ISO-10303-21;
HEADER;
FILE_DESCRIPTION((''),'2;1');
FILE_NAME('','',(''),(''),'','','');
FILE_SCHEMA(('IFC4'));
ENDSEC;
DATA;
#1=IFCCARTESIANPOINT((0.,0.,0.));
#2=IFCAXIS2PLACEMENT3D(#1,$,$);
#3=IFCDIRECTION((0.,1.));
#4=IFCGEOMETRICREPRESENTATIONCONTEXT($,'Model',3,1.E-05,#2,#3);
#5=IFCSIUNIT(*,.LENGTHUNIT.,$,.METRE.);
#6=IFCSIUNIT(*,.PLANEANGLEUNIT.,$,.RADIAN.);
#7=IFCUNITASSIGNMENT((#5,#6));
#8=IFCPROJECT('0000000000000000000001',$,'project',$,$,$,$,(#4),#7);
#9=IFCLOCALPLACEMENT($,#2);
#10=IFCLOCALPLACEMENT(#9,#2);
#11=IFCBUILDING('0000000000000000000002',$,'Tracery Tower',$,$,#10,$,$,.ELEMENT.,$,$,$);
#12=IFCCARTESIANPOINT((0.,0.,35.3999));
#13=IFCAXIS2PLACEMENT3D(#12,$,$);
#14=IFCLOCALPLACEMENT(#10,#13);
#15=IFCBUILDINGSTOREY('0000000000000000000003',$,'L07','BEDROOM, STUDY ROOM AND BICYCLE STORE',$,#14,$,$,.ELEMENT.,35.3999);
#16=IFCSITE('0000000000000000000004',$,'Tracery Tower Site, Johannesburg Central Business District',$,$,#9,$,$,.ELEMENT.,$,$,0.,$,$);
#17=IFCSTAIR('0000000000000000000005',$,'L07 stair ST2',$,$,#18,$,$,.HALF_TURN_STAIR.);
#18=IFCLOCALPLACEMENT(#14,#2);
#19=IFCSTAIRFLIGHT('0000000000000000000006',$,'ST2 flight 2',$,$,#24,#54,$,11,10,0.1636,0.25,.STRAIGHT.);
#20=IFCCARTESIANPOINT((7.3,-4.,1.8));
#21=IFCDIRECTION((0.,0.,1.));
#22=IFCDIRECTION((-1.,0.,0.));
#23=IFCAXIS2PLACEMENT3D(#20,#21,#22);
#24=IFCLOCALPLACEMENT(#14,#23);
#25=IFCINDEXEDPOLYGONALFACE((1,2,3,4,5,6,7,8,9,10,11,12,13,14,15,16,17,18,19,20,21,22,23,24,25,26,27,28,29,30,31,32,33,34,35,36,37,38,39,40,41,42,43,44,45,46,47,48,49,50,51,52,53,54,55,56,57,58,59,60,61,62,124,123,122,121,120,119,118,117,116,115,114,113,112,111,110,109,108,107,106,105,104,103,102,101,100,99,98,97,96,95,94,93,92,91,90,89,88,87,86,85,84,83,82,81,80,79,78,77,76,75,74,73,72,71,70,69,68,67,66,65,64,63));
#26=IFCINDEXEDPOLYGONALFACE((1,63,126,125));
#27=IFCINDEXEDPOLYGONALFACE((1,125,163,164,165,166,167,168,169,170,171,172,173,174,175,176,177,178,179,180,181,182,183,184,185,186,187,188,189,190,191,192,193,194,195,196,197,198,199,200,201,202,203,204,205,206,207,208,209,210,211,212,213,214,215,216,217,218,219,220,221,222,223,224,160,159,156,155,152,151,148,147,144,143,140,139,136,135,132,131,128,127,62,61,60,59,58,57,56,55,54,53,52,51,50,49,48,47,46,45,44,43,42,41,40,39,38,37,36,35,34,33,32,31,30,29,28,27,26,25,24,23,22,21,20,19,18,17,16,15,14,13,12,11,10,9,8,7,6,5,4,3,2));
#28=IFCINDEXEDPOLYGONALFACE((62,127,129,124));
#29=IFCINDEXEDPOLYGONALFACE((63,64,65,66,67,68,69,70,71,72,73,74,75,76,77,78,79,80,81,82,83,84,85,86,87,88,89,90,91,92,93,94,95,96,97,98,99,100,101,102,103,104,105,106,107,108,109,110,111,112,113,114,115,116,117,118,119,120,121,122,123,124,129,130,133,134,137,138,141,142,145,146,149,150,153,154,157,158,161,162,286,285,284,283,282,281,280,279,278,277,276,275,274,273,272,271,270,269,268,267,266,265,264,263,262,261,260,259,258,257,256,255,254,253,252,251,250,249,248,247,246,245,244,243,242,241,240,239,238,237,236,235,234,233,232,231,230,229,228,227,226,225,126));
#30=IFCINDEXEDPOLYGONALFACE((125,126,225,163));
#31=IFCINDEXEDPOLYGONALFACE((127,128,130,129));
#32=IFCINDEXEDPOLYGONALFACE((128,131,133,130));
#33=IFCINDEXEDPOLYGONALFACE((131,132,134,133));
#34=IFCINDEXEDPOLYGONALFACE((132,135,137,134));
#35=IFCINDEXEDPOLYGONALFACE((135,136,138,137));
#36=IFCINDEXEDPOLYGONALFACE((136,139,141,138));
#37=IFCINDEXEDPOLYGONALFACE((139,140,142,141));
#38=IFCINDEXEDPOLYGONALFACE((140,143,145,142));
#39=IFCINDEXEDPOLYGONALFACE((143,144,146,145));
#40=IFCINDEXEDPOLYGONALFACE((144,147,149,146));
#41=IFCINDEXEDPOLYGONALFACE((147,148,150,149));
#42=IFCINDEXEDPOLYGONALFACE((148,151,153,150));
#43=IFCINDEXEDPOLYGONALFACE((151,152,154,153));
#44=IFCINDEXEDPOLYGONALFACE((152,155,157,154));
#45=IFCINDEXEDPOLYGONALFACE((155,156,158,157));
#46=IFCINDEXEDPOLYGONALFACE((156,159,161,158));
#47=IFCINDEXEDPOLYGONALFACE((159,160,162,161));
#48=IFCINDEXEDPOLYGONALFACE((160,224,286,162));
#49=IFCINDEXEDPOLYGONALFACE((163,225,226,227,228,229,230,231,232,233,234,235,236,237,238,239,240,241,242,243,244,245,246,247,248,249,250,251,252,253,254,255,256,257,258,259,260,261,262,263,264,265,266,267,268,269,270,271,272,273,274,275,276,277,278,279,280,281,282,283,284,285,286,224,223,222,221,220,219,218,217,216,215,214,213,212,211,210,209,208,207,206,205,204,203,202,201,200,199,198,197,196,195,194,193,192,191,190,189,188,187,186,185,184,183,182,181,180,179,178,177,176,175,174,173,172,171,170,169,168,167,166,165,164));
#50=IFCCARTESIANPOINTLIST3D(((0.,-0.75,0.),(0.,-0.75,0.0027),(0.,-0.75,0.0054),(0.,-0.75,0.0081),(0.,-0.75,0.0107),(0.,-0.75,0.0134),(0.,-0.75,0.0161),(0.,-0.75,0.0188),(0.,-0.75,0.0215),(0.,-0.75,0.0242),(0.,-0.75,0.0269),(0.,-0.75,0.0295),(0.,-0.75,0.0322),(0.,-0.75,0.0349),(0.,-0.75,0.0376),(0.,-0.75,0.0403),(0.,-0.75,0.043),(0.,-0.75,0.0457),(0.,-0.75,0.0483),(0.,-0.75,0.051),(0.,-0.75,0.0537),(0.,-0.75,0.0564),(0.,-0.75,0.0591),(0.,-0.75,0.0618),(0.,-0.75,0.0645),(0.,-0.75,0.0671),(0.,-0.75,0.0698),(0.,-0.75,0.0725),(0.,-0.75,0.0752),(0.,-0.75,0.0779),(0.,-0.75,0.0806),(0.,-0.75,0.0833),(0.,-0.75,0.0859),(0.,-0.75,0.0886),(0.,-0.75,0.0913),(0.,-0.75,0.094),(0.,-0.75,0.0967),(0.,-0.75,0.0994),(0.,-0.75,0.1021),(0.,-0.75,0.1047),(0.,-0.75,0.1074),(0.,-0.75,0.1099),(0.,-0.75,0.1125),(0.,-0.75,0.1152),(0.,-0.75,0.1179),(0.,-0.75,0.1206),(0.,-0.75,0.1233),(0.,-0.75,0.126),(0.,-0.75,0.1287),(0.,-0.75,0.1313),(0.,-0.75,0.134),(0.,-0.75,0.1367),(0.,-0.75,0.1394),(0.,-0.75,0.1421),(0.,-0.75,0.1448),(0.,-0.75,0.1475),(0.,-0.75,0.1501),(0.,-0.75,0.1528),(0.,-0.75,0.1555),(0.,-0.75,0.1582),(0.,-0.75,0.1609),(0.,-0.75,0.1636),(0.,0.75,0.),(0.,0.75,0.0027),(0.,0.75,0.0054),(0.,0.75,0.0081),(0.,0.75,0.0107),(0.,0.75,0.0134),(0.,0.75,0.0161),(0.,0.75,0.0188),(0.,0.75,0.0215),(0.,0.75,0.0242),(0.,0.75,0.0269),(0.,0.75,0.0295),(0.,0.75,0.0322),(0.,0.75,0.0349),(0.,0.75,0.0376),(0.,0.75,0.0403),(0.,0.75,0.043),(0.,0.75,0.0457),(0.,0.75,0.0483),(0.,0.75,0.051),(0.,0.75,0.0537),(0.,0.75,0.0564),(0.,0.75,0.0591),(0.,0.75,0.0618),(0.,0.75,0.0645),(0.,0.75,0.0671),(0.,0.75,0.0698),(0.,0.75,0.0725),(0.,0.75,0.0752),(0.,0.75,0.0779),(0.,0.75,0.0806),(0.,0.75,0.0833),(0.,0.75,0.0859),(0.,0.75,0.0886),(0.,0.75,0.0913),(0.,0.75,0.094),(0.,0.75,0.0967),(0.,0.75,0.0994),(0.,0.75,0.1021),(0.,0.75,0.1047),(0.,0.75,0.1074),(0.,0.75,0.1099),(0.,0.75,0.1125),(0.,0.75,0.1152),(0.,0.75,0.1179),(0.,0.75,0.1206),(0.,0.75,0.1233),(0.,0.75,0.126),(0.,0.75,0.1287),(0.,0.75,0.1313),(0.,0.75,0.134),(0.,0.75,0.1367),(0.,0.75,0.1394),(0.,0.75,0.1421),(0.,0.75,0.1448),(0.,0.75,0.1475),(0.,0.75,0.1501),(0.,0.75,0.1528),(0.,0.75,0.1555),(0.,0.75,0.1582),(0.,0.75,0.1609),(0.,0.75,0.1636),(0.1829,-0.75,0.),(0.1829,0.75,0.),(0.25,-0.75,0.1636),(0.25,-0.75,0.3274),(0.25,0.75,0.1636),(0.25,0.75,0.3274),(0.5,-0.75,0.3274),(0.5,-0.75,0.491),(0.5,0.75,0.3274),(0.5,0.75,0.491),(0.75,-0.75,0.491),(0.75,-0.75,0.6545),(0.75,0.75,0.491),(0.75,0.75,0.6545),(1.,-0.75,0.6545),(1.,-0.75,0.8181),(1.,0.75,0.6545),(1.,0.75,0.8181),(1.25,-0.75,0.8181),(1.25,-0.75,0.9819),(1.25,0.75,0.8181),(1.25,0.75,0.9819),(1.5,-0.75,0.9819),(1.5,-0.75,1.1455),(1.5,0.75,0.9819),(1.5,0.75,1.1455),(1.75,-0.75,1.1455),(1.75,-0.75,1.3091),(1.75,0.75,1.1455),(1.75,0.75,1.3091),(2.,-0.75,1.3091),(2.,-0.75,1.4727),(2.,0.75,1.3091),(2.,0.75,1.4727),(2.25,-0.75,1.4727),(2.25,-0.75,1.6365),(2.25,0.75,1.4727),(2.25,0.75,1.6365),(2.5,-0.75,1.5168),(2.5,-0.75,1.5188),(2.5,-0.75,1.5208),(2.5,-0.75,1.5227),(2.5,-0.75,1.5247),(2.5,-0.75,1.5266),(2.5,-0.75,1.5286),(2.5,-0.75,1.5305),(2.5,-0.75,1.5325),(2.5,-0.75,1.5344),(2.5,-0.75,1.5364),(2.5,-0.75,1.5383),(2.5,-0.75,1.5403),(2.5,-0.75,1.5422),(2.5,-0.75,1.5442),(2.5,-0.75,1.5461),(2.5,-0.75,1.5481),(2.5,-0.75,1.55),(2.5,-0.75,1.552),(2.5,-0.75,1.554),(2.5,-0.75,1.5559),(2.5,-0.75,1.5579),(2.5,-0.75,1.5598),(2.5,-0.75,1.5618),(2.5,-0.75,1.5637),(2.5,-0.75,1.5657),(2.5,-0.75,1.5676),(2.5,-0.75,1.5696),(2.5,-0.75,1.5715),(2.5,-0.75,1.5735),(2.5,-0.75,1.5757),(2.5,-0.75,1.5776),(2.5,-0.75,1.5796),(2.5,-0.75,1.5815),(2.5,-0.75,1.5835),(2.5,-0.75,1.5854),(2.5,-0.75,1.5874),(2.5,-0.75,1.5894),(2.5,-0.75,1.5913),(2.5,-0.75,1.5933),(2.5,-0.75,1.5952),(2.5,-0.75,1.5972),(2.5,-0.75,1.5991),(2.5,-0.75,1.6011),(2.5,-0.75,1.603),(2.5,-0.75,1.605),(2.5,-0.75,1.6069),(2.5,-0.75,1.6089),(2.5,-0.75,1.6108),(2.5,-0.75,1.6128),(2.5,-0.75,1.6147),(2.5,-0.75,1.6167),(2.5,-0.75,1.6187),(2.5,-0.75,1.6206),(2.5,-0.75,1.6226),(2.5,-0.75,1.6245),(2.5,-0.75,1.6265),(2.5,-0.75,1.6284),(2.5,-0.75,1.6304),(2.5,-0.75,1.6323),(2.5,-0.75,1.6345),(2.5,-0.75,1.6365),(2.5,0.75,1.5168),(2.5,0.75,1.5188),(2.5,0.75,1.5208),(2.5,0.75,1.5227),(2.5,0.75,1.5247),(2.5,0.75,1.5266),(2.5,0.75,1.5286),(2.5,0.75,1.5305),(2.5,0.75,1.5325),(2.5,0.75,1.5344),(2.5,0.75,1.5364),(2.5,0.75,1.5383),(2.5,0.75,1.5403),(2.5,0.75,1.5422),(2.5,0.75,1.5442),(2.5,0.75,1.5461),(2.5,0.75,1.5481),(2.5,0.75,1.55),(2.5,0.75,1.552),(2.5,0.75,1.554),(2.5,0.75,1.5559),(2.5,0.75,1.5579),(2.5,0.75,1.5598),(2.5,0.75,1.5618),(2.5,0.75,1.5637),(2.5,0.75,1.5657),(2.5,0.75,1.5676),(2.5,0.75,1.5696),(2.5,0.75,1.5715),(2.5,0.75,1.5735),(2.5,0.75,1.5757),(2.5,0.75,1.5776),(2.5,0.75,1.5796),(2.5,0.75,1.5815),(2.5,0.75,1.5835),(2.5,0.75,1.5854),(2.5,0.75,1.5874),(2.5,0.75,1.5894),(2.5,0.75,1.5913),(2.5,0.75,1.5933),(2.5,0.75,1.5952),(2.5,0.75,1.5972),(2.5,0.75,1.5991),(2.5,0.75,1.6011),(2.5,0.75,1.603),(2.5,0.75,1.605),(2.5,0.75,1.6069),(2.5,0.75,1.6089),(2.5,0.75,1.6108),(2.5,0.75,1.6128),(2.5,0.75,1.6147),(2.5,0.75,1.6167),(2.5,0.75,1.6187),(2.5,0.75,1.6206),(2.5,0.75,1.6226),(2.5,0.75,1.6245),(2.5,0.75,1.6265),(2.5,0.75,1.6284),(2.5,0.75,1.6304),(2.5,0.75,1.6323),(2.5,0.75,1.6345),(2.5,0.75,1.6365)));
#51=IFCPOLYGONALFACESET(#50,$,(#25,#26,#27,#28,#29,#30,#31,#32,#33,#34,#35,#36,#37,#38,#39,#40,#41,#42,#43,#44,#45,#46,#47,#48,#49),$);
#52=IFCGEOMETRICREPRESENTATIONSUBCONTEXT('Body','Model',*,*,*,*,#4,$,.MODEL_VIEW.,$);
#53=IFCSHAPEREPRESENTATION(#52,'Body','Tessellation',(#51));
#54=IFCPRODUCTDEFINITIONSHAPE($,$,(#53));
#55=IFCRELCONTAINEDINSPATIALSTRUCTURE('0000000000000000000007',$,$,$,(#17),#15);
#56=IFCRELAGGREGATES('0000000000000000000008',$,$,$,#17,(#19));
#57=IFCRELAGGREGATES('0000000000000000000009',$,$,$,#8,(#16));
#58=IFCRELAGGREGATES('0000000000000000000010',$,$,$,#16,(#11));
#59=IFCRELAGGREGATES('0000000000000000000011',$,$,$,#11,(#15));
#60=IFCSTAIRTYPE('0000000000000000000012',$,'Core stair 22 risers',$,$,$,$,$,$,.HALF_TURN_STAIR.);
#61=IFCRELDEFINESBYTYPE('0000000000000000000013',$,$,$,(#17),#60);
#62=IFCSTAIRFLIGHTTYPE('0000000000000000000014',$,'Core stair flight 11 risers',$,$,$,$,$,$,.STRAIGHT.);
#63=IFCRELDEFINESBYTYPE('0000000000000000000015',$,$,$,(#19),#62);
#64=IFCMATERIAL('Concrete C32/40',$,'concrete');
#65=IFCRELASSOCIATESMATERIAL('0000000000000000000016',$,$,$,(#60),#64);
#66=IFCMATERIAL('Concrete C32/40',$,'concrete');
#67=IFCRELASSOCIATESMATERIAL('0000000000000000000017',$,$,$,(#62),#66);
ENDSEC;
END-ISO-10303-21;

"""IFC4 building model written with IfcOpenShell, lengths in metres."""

from ifc_helpers import new_model, si_unit, direction, frame, origin, place, context, subcontext, project, spatial, polyline, outline, extrude, material, type_object, element, aggregate, save


model = new_model("IFC4")

# Units and contexts
model_context = context("Model", 3, precision=1e-05, world=origin(), true_north=direction((0.0, 1.0)))
body_context = subcontext(model_context, "Body", "Model", "MODEL_VIEW")
ifc_project = project(units=[si_unit("LENGTHUNIT", "METRE"), si_unit("PLANEANGLEUNIT", "RADIAN")], contexts=[model_context])

# Site, building, storey
site_placement = place(None, origin())
site = spatial("IfcSite", under=ifc_project, at=site_placement, Name="Tracery Tower Site, Johannesburg Central Business District", CompositionType="ELEMENT", RefElevation=0.0)
building_placement = place(site_placement, origin())
building = spatial("IfcBuilding", under=site, at=building_placement, Name="Tracery Tower", CompositionType="ELEMENT")
storey_placement = place(building_placement, frame((0.0, 0.0, 35.3999)))
storey = spatial("IfcBuildingStorey", under=building, at=storey_placement, Name="L07", Description="BEDROOM, STUDY ROOM AND BICYCLE STORE", CompositionType="ELEMENT", Elevation=35.3999)

# Stair
ifc_material_1 = material(Name="Concrete C32/40", Category="concrete")
stair_type = type_object("IfcStairType", Name="Core stair 22 risers", PredefinedType="HALF_TURN_STAIR", material=ifc_material_1)
stair_1_placement = place(storey_placement, origin())
stair_1 = element("IfcStair", 1, at=stair_1_placement, inside=storey, type_object=stair_type, Name="L07 stair ST2", PredefinedType="HALF_TURN_STAIR")

# Stair flight
ifc_material_2 = material(Name="Concrete C32/40", Category="concrete")
stair_flight_type = type_object("IfcStairFlightType", Name="Core stair flight 11 risers", PredefinedType="STRAIGHT", material=ifc_material_2)
stair_flight_1_placement = place(storey_placement, frame((7.3, -4.0, 1.8), z_axis=(0.0, 0.0, 1.0), x_axis=(-1.0, 0.0, 0.0)))
stair_flight_1 = element("IfcStairFlight", 2, at=stair_flight_1_placement, type_object=stair_flight_type, Name="ST2 flight 2", NumberOfRisers=11, NumberOfTreads=10, PredefinedType="STRAIGHT", RiserHeight=0.1636, TreadLength=0.25, context=body_context, shape_type="SweptSolid", body=[
    extrude(outline(polyline([(0.0, 0.0), (0.0, 0.0027), (0.0, 0.0054), (0.0, 0.0081), (0.0, 0.0107), (0.0, 0.0134), (0.0, 0.0161), (0.0, 0.0188), (0.0, 0.0215), (0.0, 0.0242), (0.0, 0.0269), (0.0, 0.0295), (0.0, 0.0322), (0.0, 0.0349), (0.0, 0.0376), (0.0, 0.0403), (0.0, 0.043), (0.0, 0.0457), (0.0, 0.0483), (0.0, 0.051), (0.0, 0.0537), (0.0, 0.0564), (0.0, 0.0591), (0.0, 0.0618), (0.0, 0.0645), (0.0, 0.0671), (0.0, 0.0698), (0.0, 0.0725), (0.0, 0.0752), (0.0, 0.0779), (0.0, 0.0806), (0.0, 0.0833), (0.0, 0.0859), (0.0, 0.0886), (0.0, 0.0913), (0.0, 0.094), (0.0, 0.0967), (0.0, 0.0994), (0.0, 0.1021), (0.0, 0.1047), (0.0, 0.1074), (0.0, 0.1099), (0.0, 0.1125), (0.0, 0.1152), (0.0, 0.1179), (0.0, 0.1206), (0.0, 0.1233), (0.0, 0.126), (0.0, 0.1287), (0.0, 0.1313), (0.0, 0.134), (0.0, 0.1367), (0.0, 0.1394), (0.0, 0.1421), (0.0, 0.1448), (0.0, 0.1475), (0.0, 0.1501), (0.0, 0.1528), (0.0, 0.1555), (0.0, 0.1582), (0.0, 0.1609), (0.0, 0.1636), (0.25, 0.1636), (0.25, 0.3274), (0.5, 0.3274), (0.5, 0.491), (0.75, 0.491), (0.75, 0.6545), (1.0, 0.6545), (1.0, 0.8181), (1.25, 0.8181), (1.25, 0.9819), (1.5, 0.9819), (1.5, 1.1455), (1.75, 1.1455), (1.75, 1.3091), (2.0, 1.3091), (2.0, 1.4727), (2.25, 1.4727), (2.25, 1.6365), (2.5, 1.6365), (2.5, 1.6345), (2.5, 1.6323), (2.5, 1.6304), (2.5, 1.6284), (2.5, 1.6265), (2.5, 1.6245), (2.5, 1.6226), (2.5, 1.6206), (2.5, 1.6187), (2.5, 1.6167), (2.5, 1.6147), (2.5, 1.6128), (2.5, 1.6108), (2.5, 1.6089), (2.5, 1.6069), (2.5, 1.605), (2.5, 1.603), (2.5, 1.6011), (2.5, 1.5991), (2.5, 1.5972), (2.5, 1.5952), (2.5, 1.5933), (2.5, 1.5913), (2.5, 1.5894), (2.5, 1.5874), (2.5, 1.5854), (2.5, 1.5835), (2.5, 1.5815), (2.5, 1.5796), (2.5, 1.5776), (2.5, 1.5757), (2.5, 1.5735), (2.5, 1.5715), (2.5, 1.5696), (2.5, 1.5676), (2.5, 1.5657), (2.5, 1.5637), (2.5, 1.5618), (2.5, 1.5598), (2.5, 1.5579), (2.5, 1.5559), (2.5, 1.554), (2.5, 1.552), (2.5, 1.55), (2.5, 1.5481), (2.5, 1.5461), (2.5, 1.5442), (2.5, 1.5422), (2.5, 1.5403), (2.5, 1.5383), (2.5, 1.5364), (2.5, 1.5344), (2.5, 1.5325), (2.5, 1.5305), (2.5, 1.5286), (2.5, 1.5266), (2.5, 1.5247), (2.5, 1.5227), (2.5, 1.5208), (2.5, 1.5188), (2.5, 1.5168), (0.1829, 0.0), (0.0, 0.0)])), frame((0.0, 0.75, 0.0), z_axis=(0.0, -1.0, 0.0), x_axis=(1.0, 0.0, 0.0)), (0.0, 0.0, 1.0), 1.5),
])
aggregate(stair_1, [stair_flight_1])

save(model, "model.ifc")
